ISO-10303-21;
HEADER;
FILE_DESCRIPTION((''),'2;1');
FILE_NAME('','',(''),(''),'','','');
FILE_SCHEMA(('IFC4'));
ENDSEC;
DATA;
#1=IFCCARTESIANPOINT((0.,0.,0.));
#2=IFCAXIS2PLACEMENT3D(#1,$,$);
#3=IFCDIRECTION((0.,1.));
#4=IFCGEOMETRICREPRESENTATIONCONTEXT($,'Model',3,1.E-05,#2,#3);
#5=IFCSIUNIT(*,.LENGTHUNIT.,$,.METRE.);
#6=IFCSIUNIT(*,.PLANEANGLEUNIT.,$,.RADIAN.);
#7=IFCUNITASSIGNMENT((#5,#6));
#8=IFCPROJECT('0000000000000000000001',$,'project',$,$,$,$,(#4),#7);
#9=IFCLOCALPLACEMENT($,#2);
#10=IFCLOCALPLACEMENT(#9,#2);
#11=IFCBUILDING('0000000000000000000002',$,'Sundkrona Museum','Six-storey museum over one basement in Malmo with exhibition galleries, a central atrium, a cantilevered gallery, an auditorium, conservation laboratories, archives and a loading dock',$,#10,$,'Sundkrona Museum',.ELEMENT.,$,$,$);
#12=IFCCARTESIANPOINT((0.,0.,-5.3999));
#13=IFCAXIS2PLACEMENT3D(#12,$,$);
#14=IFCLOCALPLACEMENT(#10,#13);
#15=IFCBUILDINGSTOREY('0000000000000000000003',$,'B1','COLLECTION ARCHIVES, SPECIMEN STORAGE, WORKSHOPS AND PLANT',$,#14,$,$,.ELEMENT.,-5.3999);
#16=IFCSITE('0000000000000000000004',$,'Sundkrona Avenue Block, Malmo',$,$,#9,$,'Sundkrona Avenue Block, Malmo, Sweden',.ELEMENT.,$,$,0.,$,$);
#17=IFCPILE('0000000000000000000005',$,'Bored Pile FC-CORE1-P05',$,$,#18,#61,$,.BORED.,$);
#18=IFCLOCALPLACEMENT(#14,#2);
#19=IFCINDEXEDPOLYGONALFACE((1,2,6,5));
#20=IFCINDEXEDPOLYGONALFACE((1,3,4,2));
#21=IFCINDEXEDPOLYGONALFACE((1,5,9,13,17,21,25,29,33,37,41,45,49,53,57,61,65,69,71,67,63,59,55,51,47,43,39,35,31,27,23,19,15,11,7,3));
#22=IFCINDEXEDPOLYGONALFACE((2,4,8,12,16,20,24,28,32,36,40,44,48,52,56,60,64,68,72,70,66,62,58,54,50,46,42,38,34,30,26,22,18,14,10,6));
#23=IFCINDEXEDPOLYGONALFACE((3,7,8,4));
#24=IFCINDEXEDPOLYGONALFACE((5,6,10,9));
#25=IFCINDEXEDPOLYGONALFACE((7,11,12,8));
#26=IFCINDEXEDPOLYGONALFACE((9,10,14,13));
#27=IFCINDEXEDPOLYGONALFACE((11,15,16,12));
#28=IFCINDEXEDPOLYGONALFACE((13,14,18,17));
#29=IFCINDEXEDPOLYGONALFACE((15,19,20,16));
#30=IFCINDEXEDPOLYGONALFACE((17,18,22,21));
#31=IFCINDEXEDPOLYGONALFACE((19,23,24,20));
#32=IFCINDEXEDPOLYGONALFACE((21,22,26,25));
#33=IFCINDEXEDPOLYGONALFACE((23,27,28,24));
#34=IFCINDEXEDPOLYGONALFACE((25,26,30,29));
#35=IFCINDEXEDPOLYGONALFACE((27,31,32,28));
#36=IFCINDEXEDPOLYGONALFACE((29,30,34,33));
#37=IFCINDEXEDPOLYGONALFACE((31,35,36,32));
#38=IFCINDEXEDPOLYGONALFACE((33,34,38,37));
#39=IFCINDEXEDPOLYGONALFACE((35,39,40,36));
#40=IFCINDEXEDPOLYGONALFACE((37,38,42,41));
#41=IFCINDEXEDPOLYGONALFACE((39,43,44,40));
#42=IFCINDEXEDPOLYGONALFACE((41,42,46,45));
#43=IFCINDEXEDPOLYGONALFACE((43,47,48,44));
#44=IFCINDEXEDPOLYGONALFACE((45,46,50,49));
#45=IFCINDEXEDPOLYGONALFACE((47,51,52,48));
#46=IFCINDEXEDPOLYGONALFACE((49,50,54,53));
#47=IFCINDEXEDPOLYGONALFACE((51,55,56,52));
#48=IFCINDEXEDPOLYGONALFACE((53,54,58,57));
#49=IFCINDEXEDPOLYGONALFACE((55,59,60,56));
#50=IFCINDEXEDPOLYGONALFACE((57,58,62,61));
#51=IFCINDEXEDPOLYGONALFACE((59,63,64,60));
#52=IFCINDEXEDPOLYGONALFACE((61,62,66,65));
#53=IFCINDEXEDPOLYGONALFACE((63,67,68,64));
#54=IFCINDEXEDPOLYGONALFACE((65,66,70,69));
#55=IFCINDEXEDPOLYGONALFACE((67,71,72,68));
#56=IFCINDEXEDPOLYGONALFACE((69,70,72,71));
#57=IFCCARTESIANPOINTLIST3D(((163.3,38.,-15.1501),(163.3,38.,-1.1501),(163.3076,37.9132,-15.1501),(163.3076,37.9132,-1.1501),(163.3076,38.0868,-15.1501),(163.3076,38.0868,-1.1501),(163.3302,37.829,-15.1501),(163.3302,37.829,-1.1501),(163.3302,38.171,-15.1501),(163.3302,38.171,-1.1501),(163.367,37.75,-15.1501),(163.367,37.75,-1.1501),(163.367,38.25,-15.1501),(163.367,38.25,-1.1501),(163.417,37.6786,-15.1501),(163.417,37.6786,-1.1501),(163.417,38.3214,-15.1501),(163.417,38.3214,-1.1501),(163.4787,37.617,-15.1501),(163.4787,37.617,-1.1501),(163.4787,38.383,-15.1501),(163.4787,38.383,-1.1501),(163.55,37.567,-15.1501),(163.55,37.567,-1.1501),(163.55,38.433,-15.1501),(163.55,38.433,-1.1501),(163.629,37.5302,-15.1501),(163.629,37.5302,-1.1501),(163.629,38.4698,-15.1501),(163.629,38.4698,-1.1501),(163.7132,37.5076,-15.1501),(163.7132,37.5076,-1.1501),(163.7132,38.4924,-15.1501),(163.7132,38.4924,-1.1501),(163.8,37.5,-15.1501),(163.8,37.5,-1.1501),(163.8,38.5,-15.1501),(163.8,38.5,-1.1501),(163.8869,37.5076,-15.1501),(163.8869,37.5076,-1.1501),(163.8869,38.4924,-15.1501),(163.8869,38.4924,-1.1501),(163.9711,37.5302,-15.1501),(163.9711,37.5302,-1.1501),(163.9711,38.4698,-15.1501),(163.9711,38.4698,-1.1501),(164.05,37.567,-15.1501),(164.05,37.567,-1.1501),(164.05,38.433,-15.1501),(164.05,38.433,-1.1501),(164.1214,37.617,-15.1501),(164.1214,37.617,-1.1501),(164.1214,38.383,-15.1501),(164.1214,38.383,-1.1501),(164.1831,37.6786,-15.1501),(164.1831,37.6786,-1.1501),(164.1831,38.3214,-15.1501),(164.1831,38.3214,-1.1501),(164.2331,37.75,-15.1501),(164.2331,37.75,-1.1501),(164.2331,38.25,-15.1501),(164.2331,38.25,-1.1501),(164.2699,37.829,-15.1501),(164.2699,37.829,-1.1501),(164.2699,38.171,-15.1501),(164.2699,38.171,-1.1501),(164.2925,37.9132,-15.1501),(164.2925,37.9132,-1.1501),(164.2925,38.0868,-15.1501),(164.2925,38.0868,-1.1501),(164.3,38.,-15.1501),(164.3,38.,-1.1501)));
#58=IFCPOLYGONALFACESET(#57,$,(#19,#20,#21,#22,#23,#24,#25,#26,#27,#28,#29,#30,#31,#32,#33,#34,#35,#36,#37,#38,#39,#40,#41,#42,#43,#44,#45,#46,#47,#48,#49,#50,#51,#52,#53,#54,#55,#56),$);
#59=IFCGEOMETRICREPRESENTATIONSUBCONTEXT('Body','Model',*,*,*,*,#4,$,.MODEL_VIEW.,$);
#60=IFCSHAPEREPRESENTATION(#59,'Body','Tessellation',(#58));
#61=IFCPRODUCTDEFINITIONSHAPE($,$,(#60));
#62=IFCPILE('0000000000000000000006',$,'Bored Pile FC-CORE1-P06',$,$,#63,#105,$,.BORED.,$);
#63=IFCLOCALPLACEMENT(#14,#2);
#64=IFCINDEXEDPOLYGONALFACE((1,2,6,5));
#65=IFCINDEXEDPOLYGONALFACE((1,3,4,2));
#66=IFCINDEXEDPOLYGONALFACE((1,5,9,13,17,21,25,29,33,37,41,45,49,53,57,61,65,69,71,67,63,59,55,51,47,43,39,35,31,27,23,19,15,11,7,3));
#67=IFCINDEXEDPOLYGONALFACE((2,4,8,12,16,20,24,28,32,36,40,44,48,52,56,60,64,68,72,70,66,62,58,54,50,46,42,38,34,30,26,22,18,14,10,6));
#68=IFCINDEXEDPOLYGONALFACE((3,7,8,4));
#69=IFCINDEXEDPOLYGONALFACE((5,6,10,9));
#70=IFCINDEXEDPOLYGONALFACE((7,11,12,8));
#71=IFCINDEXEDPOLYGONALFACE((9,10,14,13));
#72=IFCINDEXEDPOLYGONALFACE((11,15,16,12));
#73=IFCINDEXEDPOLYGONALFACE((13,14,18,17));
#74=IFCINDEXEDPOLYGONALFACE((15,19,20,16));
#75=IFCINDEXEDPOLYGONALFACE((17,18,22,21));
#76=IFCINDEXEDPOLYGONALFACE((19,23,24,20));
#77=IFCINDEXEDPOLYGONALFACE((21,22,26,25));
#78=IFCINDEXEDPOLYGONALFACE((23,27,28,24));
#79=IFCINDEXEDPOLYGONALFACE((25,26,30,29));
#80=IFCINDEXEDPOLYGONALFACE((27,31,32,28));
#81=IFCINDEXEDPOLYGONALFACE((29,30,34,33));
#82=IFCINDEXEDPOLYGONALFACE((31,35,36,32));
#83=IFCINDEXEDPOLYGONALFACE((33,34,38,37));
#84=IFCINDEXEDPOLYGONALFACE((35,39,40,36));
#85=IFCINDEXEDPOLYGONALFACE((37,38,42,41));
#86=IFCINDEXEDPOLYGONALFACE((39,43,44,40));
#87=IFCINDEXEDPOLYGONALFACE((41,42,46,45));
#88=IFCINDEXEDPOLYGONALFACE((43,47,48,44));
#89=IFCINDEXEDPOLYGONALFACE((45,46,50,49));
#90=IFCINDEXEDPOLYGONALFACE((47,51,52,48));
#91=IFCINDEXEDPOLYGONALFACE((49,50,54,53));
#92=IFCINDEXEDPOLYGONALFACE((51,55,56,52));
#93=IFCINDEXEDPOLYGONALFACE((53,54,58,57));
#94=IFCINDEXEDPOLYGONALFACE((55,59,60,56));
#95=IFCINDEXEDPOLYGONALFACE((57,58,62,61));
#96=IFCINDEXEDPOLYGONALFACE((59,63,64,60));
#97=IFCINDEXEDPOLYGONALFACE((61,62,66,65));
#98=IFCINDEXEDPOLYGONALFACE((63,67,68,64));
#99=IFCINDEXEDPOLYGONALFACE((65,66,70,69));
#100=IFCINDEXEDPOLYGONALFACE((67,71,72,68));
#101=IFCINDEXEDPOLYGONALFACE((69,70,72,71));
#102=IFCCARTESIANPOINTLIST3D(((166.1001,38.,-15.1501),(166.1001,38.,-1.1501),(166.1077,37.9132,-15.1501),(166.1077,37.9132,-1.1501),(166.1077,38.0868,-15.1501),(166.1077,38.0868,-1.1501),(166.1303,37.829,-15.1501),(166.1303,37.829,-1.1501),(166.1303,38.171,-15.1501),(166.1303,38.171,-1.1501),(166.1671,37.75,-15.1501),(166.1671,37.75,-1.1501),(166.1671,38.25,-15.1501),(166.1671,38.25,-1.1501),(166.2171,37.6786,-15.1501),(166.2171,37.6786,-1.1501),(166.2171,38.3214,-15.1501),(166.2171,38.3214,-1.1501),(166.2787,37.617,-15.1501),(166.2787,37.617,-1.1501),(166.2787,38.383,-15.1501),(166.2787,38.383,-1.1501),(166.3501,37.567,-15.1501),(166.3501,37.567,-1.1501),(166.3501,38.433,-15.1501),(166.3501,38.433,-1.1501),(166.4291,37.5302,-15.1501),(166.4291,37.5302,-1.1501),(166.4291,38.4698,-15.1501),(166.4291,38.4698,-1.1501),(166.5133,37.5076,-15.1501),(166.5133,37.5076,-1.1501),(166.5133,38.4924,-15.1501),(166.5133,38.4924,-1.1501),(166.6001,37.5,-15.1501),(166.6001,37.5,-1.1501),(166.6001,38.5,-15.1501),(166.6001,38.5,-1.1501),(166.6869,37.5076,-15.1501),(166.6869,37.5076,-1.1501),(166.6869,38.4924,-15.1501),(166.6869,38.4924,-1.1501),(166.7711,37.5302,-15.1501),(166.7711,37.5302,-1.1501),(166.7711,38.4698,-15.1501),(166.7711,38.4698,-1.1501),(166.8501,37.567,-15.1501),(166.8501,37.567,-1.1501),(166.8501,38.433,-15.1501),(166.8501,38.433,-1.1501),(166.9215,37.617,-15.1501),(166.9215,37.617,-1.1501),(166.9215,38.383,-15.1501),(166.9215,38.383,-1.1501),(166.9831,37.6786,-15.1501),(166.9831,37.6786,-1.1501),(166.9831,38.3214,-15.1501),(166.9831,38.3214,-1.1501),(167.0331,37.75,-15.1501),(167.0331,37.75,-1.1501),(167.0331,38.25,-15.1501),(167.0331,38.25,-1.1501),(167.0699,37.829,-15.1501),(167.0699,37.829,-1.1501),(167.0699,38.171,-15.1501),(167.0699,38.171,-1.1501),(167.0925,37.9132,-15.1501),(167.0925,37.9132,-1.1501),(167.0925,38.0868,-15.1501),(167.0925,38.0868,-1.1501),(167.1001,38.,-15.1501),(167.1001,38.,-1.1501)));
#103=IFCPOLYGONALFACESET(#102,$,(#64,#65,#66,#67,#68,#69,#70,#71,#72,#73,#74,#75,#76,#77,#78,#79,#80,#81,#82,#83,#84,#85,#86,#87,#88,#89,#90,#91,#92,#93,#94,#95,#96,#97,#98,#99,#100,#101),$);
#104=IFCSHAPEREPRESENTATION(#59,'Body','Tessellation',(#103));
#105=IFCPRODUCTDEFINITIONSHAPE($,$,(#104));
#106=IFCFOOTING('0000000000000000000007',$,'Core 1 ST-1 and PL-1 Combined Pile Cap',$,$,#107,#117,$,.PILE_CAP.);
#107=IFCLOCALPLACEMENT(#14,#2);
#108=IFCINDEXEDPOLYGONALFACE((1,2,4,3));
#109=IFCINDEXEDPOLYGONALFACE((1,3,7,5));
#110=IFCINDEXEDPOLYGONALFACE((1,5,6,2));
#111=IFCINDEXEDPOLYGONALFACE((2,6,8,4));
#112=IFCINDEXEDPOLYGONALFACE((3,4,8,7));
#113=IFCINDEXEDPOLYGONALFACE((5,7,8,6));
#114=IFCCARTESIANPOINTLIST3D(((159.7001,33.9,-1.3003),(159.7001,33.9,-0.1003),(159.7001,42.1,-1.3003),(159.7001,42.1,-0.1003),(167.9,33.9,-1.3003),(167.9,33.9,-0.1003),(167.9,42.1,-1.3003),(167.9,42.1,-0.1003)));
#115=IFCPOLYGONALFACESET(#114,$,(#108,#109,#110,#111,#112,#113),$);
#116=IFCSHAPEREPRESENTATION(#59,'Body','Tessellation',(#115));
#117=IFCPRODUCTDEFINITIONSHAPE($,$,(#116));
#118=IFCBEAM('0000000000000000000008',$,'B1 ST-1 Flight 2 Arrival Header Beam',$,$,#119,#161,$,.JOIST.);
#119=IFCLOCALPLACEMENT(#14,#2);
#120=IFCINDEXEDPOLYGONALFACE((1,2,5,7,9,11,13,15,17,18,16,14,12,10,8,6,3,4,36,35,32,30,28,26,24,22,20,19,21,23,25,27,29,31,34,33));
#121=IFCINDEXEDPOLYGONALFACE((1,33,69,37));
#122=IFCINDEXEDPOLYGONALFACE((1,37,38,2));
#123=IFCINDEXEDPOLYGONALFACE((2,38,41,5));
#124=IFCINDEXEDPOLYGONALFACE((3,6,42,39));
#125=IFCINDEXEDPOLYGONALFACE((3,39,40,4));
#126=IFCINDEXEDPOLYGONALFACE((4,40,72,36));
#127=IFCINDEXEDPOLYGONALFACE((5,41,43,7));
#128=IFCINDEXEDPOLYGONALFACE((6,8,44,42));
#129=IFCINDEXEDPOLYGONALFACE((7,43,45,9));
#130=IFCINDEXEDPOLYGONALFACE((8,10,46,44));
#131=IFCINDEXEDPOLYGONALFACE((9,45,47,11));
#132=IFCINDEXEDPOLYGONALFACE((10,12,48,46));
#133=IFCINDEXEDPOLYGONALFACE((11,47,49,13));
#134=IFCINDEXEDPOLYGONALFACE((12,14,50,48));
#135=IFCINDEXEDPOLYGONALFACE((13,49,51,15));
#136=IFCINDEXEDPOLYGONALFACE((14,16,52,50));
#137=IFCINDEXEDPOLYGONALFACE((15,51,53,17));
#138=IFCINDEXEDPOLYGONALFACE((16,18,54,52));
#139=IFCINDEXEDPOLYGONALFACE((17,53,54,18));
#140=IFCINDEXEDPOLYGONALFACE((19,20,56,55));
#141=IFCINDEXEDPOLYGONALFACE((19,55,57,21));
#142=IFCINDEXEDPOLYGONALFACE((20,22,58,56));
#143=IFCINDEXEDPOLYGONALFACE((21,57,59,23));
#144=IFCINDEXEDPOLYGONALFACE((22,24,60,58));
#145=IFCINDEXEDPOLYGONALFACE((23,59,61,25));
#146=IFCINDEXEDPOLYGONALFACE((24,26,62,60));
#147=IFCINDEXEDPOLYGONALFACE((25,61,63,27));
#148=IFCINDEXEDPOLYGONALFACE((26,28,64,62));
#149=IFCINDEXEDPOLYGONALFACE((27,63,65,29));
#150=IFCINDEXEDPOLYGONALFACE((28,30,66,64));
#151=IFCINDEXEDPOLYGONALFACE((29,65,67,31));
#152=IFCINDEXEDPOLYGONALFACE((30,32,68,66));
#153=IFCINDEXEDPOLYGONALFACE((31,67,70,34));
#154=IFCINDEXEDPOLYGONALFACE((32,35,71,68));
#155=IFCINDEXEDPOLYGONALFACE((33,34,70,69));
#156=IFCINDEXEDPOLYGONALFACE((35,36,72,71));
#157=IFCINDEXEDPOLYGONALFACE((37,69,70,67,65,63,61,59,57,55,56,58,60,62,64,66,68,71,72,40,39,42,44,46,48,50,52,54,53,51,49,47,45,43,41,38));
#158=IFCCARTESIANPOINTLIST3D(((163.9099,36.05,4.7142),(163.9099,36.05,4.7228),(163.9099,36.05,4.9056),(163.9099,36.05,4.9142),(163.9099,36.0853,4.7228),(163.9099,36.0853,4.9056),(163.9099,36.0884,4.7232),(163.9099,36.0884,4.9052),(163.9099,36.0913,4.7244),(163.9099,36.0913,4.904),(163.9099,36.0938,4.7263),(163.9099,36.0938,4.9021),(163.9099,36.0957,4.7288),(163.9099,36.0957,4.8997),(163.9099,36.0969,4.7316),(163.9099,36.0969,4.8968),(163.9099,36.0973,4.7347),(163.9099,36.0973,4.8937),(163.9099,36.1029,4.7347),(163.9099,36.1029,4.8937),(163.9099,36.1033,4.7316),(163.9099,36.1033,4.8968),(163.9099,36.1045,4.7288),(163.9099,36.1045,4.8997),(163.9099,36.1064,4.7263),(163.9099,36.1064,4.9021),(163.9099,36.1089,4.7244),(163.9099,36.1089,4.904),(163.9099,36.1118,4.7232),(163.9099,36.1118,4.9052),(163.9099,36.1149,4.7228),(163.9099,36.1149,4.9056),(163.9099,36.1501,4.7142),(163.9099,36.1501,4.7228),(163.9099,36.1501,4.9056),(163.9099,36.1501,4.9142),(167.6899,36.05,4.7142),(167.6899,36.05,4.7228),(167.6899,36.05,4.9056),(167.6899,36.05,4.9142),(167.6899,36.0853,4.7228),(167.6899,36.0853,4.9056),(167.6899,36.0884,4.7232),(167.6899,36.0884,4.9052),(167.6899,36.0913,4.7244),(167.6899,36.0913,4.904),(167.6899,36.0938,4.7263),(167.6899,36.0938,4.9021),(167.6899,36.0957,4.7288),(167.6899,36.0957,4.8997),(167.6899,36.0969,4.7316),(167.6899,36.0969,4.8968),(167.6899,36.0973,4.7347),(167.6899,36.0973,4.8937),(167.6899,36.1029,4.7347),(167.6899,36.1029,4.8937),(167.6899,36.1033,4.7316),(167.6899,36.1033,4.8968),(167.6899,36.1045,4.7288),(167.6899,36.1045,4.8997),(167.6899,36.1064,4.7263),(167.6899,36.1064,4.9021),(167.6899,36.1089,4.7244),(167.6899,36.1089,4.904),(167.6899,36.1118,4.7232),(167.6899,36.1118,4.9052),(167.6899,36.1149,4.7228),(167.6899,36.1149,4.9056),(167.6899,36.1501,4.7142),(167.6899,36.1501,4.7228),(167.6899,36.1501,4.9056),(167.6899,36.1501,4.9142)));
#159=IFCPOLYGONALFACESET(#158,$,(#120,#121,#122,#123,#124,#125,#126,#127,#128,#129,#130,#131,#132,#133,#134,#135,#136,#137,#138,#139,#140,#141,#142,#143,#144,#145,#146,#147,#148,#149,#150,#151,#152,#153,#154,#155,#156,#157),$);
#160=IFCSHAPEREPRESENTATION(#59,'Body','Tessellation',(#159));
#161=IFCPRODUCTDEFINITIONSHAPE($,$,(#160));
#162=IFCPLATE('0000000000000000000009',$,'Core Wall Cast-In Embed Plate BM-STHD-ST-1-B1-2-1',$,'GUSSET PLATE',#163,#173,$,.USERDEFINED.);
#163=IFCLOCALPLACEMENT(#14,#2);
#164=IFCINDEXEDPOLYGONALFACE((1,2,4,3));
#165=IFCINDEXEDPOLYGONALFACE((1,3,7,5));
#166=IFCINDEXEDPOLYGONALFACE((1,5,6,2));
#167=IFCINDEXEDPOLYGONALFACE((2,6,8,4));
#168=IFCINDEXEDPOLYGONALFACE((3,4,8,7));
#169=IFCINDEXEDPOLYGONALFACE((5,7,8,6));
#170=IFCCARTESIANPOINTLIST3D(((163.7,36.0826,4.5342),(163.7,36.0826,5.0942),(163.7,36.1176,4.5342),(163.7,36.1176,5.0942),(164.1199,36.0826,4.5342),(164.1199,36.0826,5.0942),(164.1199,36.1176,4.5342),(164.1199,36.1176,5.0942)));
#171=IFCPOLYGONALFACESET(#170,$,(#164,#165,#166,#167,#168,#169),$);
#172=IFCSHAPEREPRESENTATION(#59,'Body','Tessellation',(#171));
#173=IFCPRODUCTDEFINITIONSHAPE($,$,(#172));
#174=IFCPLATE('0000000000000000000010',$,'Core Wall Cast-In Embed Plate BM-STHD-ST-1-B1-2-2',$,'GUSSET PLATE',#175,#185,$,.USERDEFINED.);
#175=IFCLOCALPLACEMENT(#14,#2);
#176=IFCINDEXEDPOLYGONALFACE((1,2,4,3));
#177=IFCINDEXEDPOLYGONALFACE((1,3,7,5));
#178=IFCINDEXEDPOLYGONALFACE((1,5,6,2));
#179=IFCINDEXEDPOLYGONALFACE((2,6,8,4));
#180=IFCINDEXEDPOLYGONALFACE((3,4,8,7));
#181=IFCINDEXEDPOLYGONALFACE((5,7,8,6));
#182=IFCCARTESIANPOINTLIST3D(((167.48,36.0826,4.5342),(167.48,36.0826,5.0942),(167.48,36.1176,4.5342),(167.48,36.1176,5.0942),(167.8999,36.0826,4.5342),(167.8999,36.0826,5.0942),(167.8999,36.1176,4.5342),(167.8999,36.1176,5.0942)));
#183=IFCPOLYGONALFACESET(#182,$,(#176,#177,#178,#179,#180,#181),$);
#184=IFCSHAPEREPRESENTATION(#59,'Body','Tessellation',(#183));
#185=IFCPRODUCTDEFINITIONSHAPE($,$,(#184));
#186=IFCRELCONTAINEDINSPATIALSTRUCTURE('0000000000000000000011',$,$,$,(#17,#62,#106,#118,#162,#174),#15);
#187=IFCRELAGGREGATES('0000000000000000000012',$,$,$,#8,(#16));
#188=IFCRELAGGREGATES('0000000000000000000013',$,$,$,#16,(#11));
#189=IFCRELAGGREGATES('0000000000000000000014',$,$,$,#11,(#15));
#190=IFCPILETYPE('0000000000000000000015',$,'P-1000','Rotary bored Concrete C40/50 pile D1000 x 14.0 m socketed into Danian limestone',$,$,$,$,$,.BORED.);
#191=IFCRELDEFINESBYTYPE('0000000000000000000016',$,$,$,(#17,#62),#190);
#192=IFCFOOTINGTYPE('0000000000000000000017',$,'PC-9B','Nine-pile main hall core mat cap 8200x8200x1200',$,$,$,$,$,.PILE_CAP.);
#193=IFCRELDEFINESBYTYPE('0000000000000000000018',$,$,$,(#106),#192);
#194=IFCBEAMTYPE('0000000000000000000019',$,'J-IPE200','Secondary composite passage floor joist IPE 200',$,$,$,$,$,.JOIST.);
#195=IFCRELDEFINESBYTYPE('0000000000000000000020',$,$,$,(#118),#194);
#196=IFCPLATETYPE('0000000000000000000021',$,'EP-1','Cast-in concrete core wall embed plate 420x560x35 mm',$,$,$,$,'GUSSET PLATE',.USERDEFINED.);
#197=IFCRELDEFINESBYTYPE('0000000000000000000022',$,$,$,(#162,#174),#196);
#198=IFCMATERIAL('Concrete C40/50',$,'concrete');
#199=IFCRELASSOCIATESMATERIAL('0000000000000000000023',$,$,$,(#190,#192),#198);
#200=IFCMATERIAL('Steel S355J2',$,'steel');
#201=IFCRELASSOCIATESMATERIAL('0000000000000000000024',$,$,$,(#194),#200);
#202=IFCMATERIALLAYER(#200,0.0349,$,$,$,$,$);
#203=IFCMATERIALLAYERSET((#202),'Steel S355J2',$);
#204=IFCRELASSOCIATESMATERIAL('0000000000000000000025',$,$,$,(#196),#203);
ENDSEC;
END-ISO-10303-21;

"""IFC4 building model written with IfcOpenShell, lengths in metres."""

from ifc_helpers import new_model, si_unit, direction, frame, origin, origin_2d, place, context, subcontext, project, spatial, rectangle, circle, i_section, extrude, material, layer, layer_set, material_profile, profile_set, type_object, element, save


model = new_model("IFC4")

# Units and contexts
model_context = context("Model", 3, precision=1e-05, world=origin(), true_north=direction((0.0, 1.0)))
body_context = subcontext(model_context, "Body", "Model", "MODEL_VIEW")
ifc_project = project(units=[si_unit("LENGTHUNIT", "METRE"), si_unit("PLANEANGLEUNIT", "RADIAN")], contexts=[model_context])

# Site, building, storey
site_placement = place(None, origin())
site = spatial("IfcSite", under=ifc_project, at=site_placement, Name="Sundkrona Avenue Block, Malmo", LongName="Sundkrona Avenue Block, Malmo, Sweden", CompositionType="ELEMENT", RefElevation=0.0)
building_placement = place(site_placement, origin())
building = spatial("IfcBuilding", under=site, at=building_placement, Name="Sundkrona Museum", Description="Six-storey museum over one basement in Malmo with exhibition galleries, a central atrium, a cantilevered gallery, an auditorium, conservation laboratories, archives and a loading dock", LongName="Sundkrona Museum", CompositionType="ELEMENT")
storey_placement = place(building_placement, frame((0.0, 0.0, -5.3999)))
storey = spatial("IfcBuildingStorey", under=building, at=storey_placement, Name="B1", Description="COLLECTION ARCHIVES, SPECIMEN STORAGE, WORKSHOPS AND PLANT", CompositionType="ELEMENT", Elevation=-5.3999)

# Piles
ifc_material_1 = material(Name="Concrete C40/50", Category="concrete")
ifc_material_profile_1 = material_profile(ifc_material_1, circle(Radius=0.5, at=origin_2d()), Name="PILE D1000")
ifc_profile_set_1 = profile_set([ifc_material_profile_1], Name="Concrete C40/50")
pile_type = type_object("IfcPileType", Name="P-1000", Description="Rotary bored Concrete C40/50 pile D1000 x 14.0 m socketed into Danian limestone", PredefinedType="BORED", material=ifc_profile_set_1)
for number, where, z_axis, x_axis, name in (
    (1, (163.8, 38.0, -1.1501), (0.0, 0.0, -1.0), (1.0, 0.0, 0.0), "Bored Pile FC-CORE1-P05"),
    (2, (166.6001, 38.0, -1.1501), (0.0, 0.0, -1.0), (1.0, 0.0, 0.0), "Bored Pile FC-CORE1-P06"),
):
    element("IfcPile", number, at=place(storey_placement, frame(where, z_axis=z_axis, x_axis=x_axis)), inside=storey, type_object=pile_type, Name=name, PredefinedType="BORED", context=body_context, shape_type="SweptSolid", body=[
        extrude(circle(Radius=0.5, at=origin_2d()), origin(), (0.0, 0.0, 1.0), 14.0),
    ])

# Footing
footing_type = type_object("IfcFootingType", Name="PC-9B", Description="Nine-pile main hall core mat cap 8200x8200x1200", PredefinedType="PILE_CAP", material=ifc_material_1)
footing_placement = place(storey_placement, frame((163.8, 38.0, -1.3003), z_axis=(0.0, 0.0, 1.0), x_axis=(1.0, 0.0, 0.0)))
element("IfcFooting", 3, at=footing_placement, inside=storey, type_object=footing_type, Name="Core 1 ST-1 and PL-1 Combined Pile Cap", PredefinedType="PILE_CAP", context=body_context, shape_type="SweptSolid", body=[
    extrude(rectangle(XDim=8.2, YDim=8.2, at=origin_2d()), origin(), (0.0, 0.0, 1.0), 1.2),
])

# Beam
ifc_material_2 = material(Name="Steel S355J2", Category="steel")
ifc_material_profile_2 = material_profile(ifc_material_2, i_section(OverallWidth=0.1001, OverallDepth=0.2, WebThickness=0.0056, FlangeThickness=0.0085, FilletRadius=0.012, at=origin_2d()), Name="IPE 200")
ifc_profile_set_2 = profile_set([ifc_material_profile_2], Name="Steel S355J2")
beam_type = type_object("IfcBeamType", Name="J-IPE200", Description="Secondary composite passage floor joist IPE 200", PredefinedType="JOIST", material=ifc_profile_set_2)
beam_placement = place(storey_placement, frame((163.9099, 36.1001, 4.8142), z_axis=(1.0, 0.0, 0.0), x_axis=(0.0, 1.0, 0.0)))
element("IfcBeam", 4, at=beam_placement, inside=storey, type_object=beam_type, Name="B1 ST-1 Flight 2 Arrival Header Beam", PredefinedType="JOIST", context=body_context, shape_type="SweptSolid", body=[
    extrude(i_section(OverallWidth=0.1001, OverallDepth=0.2, WebThickness=0.0056, FlangeThickness=0.0085, FilletRadius=0.012, at=origin_2d()), origin(), (0.0, 0.0, 1.0), 3.78),
])

# Plates
ifc_layer_1 = layer(ifc_material_2, 0.0349)
ifc_layer_set_1 = layer_set([ifc_layer_1], Name="Steel S355J2")
plate_type = type_object("IfcPlateType", Name="EP-1", Description="Cast-in concrete core wall embed plate 420x560x35 mm", ElementType="GUSSET PLATE", PredefinedType="USERDEFINED", material=ifc_layer_set_1)
for number, where, z_axis, x_axis, name in (
    (5, (163.9099, 36.1001, 4.5342), (0.0, 0.0, 1.0), (1.0, 0.0, 0.0), "Core Wall Cast-In Embed Plate BM-STHD-ST-1-B1-2-1"),
    (6, (167.6899, 36.1001, 4.5342), (0.0, 0.0, 1.0), (1.0, 0.0, 0.0), "Core Wall Cast-In Embed Plate BM-STHD-ST-1-B1-2-2"),
):
    element("IfcPlate", number, at=place(storey_placement, frame(where, z_axis=z_axis, x_axis=x_axis)), inside=storey, type_object=plate_type, Name=name, ObjectType="GUSSET PLATE", PredefinedType="USERDEFINED", context=body_context, shape_type="SweptSolid", body=[
        extrude(rectangle(XDim=0.4199, YDim=0.0349, at=origin_2d()), origin(), (0.0, 0.0, 1.0), 0.5601),
    ])

save(model, "model.ifc")
